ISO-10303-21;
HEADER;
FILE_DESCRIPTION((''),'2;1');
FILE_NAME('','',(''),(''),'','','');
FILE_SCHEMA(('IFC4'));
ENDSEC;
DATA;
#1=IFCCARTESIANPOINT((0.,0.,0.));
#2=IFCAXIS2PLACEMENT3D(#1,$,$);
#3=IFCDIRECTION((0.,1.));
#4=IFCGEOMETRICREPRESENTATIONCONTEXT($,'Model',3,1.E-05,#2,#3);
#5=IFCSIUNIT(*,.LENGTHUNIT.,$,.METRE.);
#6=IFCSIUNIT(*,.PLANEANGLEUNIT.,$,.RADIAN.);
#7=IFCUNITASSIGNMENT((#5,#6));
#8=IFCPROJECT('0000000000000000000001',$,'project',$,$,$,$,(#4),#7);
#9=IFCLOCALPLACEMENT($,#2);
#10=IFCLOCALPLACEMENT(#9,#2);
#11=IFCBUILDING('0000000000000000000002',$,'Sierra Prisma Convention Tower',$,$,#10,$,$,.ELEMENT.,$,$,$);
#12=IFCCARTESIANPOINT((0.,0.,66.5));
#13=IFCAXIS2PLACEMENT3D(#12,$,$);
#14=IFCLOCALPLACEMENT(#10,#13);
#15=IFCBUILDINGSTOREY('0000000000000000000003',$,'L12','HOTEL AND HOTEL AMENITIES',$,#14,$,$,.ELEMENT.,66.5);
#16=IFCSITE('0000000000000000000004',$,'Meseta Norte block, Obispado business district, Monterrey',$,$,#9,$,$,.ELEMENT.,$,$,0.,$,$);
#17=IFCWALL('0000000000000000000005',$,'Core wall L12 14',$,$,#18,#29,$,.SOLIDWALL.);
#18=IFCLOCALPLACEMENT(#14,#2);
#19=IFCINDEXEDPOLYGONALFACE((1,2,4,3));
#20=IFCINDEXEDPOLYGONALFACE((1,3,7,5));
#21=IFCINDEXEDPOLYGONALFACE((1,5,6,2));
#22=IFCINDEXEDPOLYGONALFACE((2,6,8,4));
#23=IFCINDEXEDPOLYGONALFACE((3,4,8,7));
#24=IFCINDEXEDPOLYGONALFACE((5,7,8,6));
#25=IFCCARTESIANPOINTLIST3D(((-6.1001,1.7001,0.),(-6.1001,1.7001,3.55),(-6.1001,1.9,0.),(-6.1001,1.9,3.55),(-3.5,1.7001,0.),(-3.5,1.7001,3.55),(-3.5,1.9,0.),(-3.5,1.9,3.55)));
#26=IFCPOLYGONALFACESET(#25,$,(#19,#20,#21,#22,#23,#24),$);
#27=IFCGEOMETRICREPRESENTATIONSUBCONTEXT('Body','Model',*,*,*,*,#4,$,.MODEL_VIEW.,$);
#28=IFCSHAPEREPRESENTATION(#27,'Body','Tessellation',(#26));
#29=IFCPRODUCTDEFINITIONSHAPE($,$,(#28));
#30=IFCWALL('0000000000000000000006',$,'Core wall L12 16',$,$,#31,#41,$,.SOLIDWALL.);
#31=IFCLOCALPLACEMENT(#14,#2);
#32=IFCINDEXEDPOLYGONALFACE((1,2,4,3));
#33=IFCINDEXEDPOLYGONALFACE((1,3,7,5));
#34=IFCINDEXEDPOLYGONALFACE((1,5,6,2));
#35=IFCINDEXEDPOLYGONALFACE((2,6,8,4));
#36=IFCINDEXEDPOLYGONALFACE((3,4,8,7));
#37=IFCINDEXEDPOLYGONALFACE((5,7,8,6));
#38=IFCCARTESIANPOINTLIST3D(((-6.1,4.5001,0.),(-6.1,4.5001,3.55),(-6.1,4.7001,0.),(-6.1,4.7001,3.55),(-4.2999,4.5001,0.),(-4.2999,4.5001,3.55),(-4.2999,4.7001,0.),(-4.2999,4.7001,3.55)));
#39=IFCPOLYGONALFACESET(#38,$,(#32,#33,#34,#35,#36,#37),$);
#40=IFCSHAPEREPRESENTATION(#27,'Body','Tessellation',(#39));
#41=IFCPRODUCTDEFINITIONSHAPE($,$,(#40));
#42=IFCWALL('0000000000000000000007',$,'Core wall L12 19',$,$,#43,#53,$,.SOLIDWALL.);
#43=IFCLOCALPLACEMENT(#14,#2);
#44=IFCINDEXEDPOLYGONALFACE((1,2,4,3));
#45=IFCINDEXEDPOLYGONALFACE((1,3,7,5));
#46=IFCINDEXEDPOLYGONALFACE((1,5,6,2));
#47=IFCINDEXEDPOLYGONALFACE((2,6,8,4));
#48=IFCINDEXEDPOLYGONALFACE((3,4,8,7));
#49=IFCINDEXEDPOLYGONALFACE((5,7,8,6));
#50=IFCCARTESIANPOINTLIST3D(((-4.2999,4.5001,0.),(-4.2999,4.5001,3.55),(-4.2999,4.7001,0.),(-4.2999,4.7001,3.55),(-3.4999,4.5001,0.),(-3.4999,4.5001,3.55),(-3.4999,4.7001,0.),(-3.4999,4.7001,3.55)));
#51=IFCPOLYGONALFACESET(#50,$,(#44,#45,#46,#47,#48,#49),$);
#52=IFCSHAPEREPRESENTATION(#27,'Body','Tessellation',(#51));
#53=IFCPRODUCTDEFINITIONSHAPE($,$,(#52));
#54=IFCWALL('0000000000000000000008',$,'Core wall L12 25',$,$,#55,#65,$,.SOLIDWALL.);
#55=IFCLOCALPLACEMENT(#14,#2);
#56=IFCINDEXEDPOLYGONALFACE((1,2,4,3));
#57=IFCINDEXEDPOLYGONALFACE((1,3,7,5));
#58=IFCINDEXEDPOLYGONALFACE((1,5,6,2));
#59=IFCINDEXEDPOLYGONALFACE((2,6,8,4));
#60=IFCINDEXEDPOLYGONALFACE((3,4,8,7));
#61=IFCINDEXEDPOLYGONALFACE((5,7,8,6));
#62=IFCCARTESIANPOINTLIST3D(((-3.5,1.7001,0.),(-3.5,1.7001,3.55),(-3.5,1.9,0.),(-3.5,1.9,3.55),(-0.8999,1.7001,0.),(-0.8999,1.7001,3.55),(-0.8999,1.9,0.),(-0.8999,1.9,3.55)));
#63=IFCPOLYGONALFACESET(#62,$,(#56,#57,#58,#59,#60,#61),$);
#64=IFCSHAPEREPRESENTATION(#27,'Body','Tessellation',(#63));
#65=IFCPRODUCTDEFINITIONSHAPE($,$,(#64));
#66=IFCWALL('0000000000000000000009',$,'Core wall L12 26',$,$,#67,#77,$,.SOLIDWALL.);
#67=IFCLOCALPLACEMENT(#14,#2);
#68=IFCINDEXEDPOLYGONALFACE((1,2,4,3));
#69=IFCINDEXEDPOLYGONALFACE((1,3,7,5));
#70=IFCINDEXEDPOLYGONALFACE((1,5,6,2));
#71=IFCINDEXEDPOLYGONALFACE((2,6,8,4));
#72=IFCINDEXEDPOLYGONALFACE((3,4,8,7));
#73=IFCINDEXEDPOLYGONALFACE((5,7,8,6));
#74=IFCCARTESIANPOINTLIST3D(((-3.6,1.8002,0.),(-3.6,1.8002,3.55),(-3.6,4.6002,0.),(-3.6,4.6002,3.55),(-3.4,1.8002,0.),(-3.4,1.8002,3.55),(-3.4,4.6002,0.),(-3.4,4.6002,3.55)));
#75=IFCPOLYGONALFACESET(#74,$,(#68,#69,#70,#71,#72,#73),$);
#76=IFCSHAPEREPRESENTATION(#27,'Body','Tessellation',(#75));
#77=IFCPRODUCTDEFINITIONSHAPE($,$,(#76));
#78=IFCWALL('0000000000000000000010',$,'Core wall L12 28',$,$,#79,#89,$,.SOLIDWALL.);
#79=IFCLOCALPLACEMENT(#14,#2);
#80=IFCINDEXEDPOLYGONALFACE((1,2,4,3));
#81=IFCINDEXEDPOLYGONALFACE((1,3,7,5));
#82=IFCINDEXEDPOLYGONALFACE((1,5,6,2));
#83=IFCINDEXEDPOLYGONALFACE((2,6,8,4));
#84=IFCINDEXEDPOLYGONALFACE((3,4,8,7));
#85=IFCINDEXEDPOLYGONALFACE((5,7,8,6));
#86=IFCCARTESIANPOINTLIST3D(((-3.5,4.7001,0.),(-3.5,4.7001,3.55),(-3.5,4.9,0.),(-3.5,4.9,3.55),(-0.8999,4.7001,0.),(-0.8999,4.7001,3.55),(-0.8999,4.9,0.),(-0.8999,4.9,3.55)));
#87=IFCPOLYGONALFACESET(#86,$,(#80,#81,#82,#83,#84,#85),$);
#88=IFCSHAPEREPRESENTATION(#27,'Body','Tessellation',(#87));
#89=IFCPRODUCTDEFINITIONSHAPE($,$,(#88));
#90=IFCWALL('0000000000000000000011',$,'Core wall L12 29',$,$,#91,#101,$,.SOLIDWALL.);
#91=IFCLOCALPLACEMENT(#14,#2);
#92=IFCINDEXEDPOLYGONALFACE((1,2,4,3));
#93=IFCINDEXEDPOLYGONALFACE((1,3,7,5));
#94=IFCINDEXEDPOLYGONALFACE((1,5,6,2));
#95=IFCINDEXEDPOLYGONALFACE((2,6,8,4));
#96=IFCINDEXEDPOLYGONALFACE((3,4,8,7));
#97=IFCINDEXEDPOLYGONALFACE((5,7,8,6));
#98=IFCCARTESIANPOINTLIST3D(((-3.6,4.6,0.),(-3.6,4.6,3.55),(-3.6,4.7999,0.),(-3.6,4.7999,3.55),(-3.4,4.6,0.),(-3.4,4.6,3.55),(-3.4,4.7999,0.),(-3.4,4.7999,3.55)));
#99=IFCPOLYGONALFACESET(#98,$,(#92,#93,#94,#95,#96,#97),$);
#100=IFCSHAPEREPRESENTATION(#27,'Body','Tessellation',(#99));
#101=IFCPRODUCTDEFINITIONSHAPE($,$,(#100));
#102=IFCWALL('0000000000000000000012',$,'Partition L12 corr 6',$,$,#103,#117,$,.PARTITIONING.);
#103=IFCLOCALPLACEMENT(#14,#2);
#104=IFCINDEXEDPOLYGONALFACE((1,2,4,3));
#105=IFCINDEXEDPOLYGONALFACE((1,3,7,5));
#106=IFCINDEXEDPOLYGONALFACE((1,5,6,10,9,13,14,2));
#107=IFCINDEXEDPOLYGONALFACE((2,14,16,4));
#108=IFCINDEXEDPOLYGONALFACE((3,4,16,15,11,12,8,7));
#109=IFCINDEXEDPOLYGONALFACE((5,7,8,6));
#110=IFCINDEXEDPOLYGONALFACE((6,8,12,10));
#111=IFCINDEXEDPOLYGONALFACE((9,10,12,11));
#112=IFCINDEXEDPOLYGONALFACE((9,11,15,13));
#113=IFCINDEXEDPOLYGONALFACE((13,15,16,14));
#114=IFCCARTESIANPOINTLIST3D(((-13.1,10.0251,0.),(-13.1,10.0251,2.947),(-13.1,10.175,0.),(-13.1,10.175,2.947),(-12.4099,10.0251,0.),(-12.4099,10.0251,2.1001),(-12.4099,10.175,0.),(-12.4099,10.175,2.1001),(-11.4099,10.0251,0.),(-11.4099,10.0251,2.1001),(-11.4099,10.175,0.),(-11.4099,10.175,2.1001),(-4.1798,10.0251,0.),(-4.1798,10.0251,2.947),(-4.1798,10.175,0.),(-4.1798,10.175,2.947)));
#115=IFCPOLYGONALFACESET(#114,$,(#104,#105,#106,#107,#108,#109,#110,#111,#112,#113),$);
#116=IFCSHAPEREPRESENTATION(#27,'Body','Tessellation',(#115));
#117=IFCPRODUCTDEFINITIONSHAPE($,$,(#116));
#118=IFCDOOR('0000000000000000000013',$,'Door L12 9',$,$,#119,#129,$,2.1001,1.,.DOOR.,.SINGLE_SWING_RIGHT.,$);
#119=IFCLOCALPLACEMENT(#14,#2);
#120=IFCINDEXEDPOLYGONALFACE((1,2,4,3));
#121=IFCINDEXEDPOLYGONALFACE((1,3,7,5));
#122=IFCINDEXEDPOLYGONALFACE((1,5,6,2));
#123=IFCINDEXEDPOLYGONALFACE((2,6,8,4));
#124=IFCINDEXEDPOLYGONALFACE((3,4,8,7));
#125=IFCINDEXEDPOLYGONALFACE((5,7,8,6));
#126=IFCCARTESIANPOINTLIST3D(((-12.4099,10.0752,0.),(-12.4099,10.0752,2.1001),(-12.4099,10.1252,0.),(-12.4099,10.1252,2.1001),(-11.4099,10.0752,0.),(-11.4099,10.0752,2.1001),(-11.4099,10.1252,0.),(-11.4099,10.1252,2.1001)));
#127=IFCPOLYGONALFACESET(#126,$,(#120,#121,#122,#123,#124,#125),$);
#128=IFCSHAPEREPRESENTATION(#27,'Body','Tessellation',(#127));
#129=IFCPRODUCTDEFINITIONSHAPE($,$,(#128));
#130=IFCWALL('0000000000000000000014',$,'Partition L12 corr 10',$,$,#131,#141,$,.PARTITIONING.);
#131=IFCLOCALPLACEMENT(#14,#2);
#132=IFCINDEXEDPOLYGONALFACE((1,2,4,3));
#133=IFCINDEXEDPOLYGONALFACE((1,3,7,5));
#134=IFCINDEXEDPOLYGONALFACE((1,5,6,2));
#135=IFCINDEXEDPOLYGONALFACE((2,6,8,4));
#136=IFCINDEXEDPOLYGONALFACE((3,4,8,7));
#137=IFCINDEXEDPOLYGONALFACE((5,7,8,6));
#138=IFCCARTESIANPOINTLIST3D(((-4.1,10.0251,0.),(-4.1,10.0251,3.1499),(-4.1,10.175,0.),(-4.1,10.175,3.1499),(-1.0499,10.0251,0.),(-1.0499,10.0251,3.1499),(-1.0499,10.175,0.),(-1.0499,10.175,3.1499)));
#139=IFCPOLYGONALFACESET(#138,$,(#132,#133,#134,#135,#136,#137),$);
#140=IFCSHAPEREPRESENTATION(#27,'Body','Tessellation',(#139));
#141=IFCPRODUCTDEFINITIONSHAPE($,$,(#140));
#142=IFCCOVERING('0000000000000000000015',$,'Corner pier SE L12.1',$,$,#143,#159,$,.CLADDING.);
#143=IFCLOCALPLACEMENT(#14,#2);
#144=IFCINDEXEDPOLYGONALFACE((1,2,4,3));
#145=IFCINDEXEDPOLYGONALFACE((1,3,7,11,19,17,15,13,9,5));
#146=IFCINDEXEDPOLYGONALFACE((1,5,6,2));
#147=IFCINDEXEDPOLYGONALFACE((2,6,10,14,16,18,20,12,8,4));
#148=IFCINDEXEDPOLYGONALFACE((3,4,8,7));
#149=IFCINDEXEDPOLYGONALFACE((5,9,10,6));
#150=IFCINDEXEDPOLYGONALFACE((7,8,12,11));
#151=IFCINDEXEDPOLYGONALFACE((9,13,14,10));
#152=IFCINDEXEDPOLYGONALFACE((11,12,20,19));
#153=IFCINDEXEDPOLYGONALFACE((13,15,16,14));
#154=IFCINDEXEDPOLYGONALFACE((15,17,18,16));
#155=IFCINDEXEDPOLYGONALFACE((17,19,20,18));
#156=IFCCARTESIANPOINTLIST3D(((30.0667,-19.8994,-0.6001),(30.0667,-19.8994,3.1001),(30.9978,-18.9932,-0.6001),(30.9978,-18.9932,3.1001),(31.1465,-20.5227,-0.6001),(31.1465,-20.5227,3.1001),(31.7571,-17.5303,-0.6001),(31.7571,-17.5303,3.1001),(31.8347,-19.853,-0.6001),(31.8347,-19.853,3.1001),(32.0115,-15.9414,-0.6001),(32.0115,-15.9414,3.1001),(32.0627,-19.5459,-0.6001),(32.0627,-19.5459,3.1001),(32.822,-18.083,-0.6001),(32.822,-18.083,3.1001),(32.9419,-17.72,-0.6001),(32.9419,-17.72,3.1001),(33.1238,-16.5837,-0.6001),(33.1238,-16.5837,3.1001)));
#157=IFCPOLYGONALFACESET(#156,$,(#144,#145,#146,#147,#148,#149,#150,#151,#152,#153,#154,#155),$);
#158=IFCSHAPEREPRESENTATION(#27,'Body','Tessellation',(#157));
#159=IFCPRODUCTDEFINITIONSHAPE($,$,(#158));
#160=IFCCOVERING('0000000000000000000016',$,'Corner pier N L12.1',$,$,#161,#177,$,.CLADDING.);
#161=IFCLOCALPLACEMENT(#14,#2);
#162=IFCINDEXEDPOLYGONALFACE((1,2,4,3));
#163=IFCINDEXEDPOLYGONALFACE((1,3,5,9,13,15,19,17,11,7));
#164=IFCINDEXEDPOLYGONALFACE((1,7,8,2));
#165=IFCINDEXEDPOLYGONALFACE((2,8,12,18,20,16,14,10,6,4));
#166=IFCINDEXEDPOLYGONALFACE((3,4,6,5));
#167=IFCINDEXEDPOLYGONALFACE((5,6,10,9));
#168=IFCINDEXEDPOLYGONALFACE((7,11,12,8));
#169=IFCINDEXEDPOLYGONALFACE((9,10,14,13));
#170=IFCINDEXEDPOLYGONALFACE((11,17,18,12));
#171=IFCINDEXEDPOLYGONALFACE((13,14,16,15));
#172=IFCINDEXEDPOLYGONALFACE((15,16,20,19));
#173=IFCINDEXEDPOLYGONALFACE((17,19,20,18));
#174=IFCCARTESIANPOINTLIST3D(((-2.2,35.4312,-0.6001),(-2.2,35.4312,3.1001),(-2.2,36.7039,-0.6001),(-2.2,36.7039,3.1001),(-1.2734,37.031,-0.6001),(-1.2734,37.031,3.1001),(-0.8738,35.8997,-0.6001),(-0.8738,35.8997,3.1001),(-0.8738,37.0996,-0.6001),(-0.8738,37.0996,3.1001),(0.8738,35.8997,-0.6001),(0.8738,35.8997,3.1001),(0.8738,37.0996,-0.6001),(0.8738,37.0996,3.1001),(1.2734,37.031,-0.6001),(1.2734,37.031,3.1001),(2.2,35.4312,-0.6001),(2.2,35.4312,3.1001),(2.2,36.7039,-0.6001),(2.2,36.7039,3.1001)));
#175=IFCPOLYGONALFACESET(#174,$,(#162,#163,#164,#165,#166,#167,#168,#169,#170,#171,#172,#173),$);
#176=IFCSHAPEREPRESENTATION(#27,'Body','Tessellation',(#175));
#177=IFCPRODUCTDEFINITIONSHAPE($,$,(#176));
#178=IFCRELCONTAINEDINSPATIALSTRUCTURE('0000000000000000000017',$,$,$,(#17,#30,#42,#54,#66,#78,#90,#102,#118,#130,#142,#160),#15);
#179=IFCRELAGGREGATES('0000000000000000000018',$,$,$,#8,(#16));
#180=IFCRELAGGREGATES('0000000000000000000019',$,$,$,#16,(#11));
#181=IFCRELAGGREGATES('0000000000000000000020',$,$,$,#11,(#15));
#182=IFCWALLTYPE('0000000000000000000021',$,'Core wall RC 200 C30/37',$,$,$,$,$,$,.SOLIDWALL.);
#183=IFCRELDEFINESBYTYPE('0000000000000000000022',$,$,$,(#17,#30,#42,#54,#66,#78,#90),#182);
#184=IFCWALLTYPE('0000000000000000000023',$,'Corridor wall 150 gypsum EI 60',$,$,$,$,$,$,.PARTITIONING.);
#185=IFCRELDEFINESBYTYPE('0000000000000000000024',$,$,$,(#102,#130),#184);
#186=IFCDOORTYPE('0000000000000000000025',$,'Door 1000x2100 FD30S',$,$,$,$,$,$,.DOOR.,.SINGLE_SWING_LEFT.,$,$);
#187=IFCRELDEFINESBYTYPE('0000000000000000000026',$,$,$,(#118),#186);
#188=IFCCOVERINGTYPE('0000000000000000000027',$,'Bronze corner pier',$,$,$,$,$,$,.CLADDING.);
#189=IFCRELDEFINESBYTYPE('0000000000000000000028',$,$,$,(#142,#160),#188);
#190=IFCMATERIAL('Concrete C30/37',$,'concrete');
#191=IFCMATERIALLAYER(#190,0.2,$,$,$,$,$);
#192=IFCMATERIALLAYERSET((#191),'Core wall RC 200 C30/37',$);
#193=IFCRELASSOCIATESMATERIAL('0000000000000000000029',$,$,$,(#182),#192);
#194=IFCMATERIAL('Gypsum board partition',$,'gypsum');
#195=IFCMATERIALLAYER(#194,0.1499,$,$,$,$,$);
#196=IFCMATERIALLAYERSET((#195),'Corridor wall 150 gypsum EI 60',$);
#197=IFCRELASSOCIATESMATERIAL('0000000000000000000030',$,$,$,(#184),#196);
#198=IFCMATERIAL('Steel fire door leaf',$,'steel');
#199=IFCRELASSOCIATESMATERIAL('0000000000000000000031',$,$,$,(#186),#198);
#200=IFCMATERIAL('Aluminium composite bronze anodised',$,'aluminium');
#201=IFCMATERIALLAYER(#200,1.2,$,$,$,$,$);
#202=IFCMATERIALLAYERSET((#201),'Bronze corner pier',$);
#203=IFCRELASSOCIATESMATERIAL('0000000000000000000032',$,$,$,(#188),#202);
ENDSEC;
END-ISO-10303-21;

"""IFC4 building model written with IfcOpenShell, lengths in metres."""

from ifc_helpers import new_model, si_unit, direction, frame, frame_2d, origin, place, context, subcontext, project, spatial, polyline, rectangle, outline, extrude, material, layer, layer_set, type_object, element, fill, save


model = new_model("IFC4")

# Units and contexts
model_context = context("Model", 3, precision=1e-05, world=origin(), true_north=direction((0.0, 1.0)))
body_context = subcontext(model_context, "Body", "Model", "MODEL_VIEW")
ifc_project = project(units=[si_unit("LENGTHUNIT", "METRE"), si_unit("PLANEANGLEUNIT", "RADIAN")], contexts=[model_context])

# Site, building, storey
site_placement = place(None, origin())
site = spatial("IfcSite", under=ifc_project, at=site_placement, Name="Meseta Norte block, Obispado business district, Monterrey", CompositionType="ELEMENT", RefElevation=0.0)
building_placement = place(site_placement, origin())
building = spatial("IfcBuilding", under=site, at=building_placement, Name="Sierra Prisma Convention Tower", CompositionType="ELEMENT")
storey_placement = place(building_placement, frame((0.0, 0.0, 66.5)))
storey = spatial("IfcBuildingStorey", under=building, at=storey_placement, Name="L12", Description="HOTEL AND HOTEL AMENITIES", CompositionType="ELEMENT", Elevation=66.5)

# Walls
ifc_material_1 = material(Name="Concrete C30/37", Category="concrete")
ifc_layer_1 = layer(ifc_material_1, 0.2)
ifc_layer_set_1 = layer_set([ifc_layer_1], Name="Core wall RC 200 C30/37")
wall_type_1 = type_object("IfcWallType", Name="Core wall RC 200 C30/37", PredefinedType="SOLIDWALL", material=ifc_layer_set_1)
wall_1_placement = place(storey_placement, frame((-3.5, 1.8, 0.0), z_axis=(0.0, 0.0, 1.0), x_axis=(-1.0, 0.0, 0.0)))
element("IfcWall", 1, at=wall_1_placement, inside=storey, type_object=wall_type_1, Name="Core wall L12 14", PredefinedType="SOLIDWALL", context=body_context, shape_type="SweptSolid", body=[
    extrude(rectangle(XDim=2.6001, YDim=0.2, at=frame_2d((1.3, 0.0))), origin(), (0.0, 0.0, 1.0), 3.55),
])
wall_2_placement = place(storey_placement, frame((-4.3, 4.6001, 0.0), z_axis=(0.0, 0.0, 1.0), x_axis=(-1.0, 0.0, 0.0)))
element("IfcWall", 2, at=wall_2_placement, inside=storey, type_object=wall_type_1, Name="Core wall L12 16", PredefinedType="SOLIDWALL", context=body_context, shape_type="SweptSolid", body=[
    extrude(rectangle(XDim=1.8, YDim=0.2, at=frame_2d((0.8999, 0.0))), origin(), (0.0, 0.0, 1.0), 3.55),
])
wall_3_placement = place(storey_placement, frame((-3.5, 4.6001, 0.0), z_axis=(0.0, 0.0, 1.0), x_axis=(-1.0, 0.0, 0.0)))
element("IfcWall", 3, at=wall_3_placement, inside=storey, type_object=wall_type_1, Name="Core wall L12 19", PredefinedType="SOLIDWALL", context=body_context, shape_type="SweptSolid", body=[
    extrude(rectangle(XDim=0.8, YDim=0.2, at=frame_2d((0.3999, 0.0))), origin(), (0.0, 0.0, 1.0), 3.55),
])

# Walls
wall_4_placement = place(storey_placement, frame((-0.8999, 1.8, 0.0), z_axis=(0.0, 0.0, 1.0), x_axis=(-1.0, 0.0, 0.0)))
element("IfcWall", 4, at=wall_4_placement, inside=storey, type_object=wall_type_1, Name="Core wall L12 25", PredefinedType="SOLIDWALL", context=body_context, shape_type="SweptSolid", body=[
    extrude(rectangle(XDim=2.6001, YDim=0.2, at=frame_2d((1.3, 0.0))), origin(), (0.0, 0.0, 1.0), 3.55),
])
wall_5_placement = place(storey_placement, frame((-3.5, 4.6001, 0.0), z_axis=(0.0, 0.0, 1.0), x_axis=(0.0, -1.0, 0.0)))
element("IfcWall", 5, at=wall_5_placement, inside=storey, type_object=wall_type_1, Name="Core wall L12 26", PredefinedType="SOLIDWALL", context=body_context, shape_type="SweptSolid", body=[
    extrude(rectangle(XDim=2.8, YDim=0.2, at=frame_2d((1.3999, 0.0))), origin(), (0.0, 0.0, 1.0), 3.55),
])

# Walls
wall_6_placement = place(storey_placement, frame((-0.8999, 4.8, 0.0), z_axis=(0.0, 0.0, 1.0), x_axis=(-1.0, 0.0, 0.0)))
element("IfcWall", 6, at=wall_6_placement, inside=storey, type_object=wall_type_1, Name="Core wall L12 28", PredefinedType="SOLIDWALL", context=body_context, shape_type="SweptSolid", body=[
    extrude(rectangle(XDim=2.6001, YDim=0.2, at=frame_2d((1.3, 0.0))), origin(), (0.0, 0.0, 1.0), 3.55),
])
wall_7_placement = place(storey_placement, frame((-3.5, 4.8, 0.0), z_axis=(0.0, 0.0, 1.0), x_axis=(0.0, -1.0, 0.0)))
element("IfcWall", 7, at=wall_7_placement, inside=storey, type_object=wall_type_1, Name="Core wall L12 29", PredefinedType="SOLIDWALL", context=body_context, shape_type="SweptSolid", body=[
    extrude(rectangle(XDim=0.2, YDim=0.2, at=frame_2d((0.1001, 0.0))), origin(), (0.0, 0.0, 1.0), 3.55),
])

# Wall, opening, door
ifc_material_2 = material(Name="Gypsum board partition", Category="gypsum")
ifc_layer_2 = layer(ifc_material_2, 0.1499)
ifc_layer_set_2 = layer_set([ifc_layer_2], Name="Corridor wall 150 gypsum EI 60")
wall_type_2 = type_object("IfcWallType", Name="Corridor wall 150 gypsum EI 60", PredefinedType="PARTITIONING", material=ifc_layer_set_2)
wall_8_placement = place(storey_placement, frame((-4.1799, 10.1001, 0.0), z_axis=(0.0, 0.0, 1.0), x_axis=(-1.0, 0.0, 0.0)))
wall_8 = element("IfcWall", 8, at=wall_8_placement, inside=storey, type_object=wall_type_2, Name="Partition L12 corr 6", PredefinedType="PARTITIONING", context=body_context, shape_type="SweptSolid", body=[
    extrude(rectangle(XDim=8.9202, YDim=0.1499, at=frame_2d((4.46, 0.0))), origin(), (0.0, 0.0, 1.0), 2.947),
])
opening_1_placement = place(wall_8_placement, frame((7.23, 0.0, 0.0)))
opening_1 = element("IfcOpeningElement", 9, at=opening_1_placement, cuts=wall_8, PredefinedType="OPENING", context=body_context, shape_type="SweptSolid", body=[
    extrude(rectangle(XDim=1.0, YDim=2.1001, at=frame_2d((0.5, 1.05))), frame((0.0, 0.075, 0.0), z_axis=(0.0, -1.0, 0.0), x_axis=(1.0, 0.0, 0.0)), (0.0, 0.0, 1.0), 0.1499),
])
ifc_material_3 = material(Name="Steel fire door leaf", Category="steel")
door_type_1 = type_object("IfcDoorType", Name="Door 1000x2100 FD30S", OperationType="SINGLE_SWING_LEFT", PredefinedType="DOOR", material=ifc_material_3)
door_1_placement = place(opening_1_placement, origin())
door_1 = element("IfcDoor", 10, at=door_1_placement, inside=storey, type_object=door_type_1, Name="Door L12 9", OperationType="SINGLE_SWING_RIGHT", OverallHeight=2.1001, OverallWidth=1.0, PredefinedType="DOOR", context=body_context, shape_type="SweptSolid", body=[
    extrude(rectangle(XDim=1.0, YDim=2.1001, at=frame_2d((0.5, 1.05))), frame((0.0, 0.0249, 0.0), z_axis=(0.0, -1.0, 0.0), x_axis=(1.0, 0.0, 0.0)), (0.0, 0.0, 1.0), 0.05),
])
fill(opening_1, door_1)

# Wall
wall_9_placement = place(storey_placement, frame((-1.05, 10.1001, 0.0), z_axis=(0.0, 0.0, 1.0), x_axis=(-1.0, 0.0, 0.0)))
element("IfcWall", 11, at=wall_9_placement, inside=storey, type_object=wall_type_2, Name="Partition L12 corr 10", PredefinedType="PARTITIONING", context=body_context, shape_type="SweptSolid", body=[
    extrude(rectangle(XDim=3.05, YDim=0.1499, at=frame_2d((1.5249, 0.0))), origin(), (0.0, 0.0, 1.0), 3.1499),
])

# Coverings
ifc_material_4 = material(Name="Aluminium composite bronze anodised", Category="aluminium")
ifc_layer_3 = layer(ifc_material_4, 1.2)
ifc_layer_set_3 = layer_set([ifc_layer_3], Name="Bronze corner pier")
covering_type = type_object("IfcCoveringType", Name="Bronze corner pier", PredefinedType="CLADDING", material=ifc_layer_set_3)
covering_1_placement = place(storey_placement, frame((0.0, 0.0, -0.6001)))
element("IfcCovering", 12, at=covering_1_placement, inside=storey, type_object=covering_type, Name="Corner pier SE L12.1", PredefinedType="CLADDING", context=body_context, shape_type="SweptSolid", body=[
    extrude(outline(polyline([(32.9419, -17.72), (32.822, -18.083), (32.0627, -19.5459), (31.8347, -19.853), (31.1465, -20.5227), (30.0667, -19.8994), (30.9978, -18.9932), (31.7571, -17.5303), (32.0115, -15.9414), (33.1238, -16.5837), (32.9419, -17.72)])), origin(), (0.0, 0.0, 1.0), 3.7002),
])
covering_2_placement = place(storey_placement, frame((0.0, 0.0, -0.6001)))
element("IfcCovering", 13, at=covering_2_placement, inside=storey, type_object=covering_type, Name="Corner pier N L12.1", PredefinedType="CLADDING", context=body_context, shape_type="SweptSolid", body=[
    extrude(outline(polyline([(-1.2734, 37.031), (-0.8738, 37.0996), (0.8738, 37.0996), (1.2734, 37.031), (2.2, 36.7039), (2.2, 35.4312), (0.8738, 35.8997), (-0.8738, 35.8997), (-2.2, 35.4312), (-2.2, 36.7039), (-1.2734, 37.031)])), origin(), (0.0, 0.0, 1.0), 3.7002),
])

save(model, "model.ifc")
